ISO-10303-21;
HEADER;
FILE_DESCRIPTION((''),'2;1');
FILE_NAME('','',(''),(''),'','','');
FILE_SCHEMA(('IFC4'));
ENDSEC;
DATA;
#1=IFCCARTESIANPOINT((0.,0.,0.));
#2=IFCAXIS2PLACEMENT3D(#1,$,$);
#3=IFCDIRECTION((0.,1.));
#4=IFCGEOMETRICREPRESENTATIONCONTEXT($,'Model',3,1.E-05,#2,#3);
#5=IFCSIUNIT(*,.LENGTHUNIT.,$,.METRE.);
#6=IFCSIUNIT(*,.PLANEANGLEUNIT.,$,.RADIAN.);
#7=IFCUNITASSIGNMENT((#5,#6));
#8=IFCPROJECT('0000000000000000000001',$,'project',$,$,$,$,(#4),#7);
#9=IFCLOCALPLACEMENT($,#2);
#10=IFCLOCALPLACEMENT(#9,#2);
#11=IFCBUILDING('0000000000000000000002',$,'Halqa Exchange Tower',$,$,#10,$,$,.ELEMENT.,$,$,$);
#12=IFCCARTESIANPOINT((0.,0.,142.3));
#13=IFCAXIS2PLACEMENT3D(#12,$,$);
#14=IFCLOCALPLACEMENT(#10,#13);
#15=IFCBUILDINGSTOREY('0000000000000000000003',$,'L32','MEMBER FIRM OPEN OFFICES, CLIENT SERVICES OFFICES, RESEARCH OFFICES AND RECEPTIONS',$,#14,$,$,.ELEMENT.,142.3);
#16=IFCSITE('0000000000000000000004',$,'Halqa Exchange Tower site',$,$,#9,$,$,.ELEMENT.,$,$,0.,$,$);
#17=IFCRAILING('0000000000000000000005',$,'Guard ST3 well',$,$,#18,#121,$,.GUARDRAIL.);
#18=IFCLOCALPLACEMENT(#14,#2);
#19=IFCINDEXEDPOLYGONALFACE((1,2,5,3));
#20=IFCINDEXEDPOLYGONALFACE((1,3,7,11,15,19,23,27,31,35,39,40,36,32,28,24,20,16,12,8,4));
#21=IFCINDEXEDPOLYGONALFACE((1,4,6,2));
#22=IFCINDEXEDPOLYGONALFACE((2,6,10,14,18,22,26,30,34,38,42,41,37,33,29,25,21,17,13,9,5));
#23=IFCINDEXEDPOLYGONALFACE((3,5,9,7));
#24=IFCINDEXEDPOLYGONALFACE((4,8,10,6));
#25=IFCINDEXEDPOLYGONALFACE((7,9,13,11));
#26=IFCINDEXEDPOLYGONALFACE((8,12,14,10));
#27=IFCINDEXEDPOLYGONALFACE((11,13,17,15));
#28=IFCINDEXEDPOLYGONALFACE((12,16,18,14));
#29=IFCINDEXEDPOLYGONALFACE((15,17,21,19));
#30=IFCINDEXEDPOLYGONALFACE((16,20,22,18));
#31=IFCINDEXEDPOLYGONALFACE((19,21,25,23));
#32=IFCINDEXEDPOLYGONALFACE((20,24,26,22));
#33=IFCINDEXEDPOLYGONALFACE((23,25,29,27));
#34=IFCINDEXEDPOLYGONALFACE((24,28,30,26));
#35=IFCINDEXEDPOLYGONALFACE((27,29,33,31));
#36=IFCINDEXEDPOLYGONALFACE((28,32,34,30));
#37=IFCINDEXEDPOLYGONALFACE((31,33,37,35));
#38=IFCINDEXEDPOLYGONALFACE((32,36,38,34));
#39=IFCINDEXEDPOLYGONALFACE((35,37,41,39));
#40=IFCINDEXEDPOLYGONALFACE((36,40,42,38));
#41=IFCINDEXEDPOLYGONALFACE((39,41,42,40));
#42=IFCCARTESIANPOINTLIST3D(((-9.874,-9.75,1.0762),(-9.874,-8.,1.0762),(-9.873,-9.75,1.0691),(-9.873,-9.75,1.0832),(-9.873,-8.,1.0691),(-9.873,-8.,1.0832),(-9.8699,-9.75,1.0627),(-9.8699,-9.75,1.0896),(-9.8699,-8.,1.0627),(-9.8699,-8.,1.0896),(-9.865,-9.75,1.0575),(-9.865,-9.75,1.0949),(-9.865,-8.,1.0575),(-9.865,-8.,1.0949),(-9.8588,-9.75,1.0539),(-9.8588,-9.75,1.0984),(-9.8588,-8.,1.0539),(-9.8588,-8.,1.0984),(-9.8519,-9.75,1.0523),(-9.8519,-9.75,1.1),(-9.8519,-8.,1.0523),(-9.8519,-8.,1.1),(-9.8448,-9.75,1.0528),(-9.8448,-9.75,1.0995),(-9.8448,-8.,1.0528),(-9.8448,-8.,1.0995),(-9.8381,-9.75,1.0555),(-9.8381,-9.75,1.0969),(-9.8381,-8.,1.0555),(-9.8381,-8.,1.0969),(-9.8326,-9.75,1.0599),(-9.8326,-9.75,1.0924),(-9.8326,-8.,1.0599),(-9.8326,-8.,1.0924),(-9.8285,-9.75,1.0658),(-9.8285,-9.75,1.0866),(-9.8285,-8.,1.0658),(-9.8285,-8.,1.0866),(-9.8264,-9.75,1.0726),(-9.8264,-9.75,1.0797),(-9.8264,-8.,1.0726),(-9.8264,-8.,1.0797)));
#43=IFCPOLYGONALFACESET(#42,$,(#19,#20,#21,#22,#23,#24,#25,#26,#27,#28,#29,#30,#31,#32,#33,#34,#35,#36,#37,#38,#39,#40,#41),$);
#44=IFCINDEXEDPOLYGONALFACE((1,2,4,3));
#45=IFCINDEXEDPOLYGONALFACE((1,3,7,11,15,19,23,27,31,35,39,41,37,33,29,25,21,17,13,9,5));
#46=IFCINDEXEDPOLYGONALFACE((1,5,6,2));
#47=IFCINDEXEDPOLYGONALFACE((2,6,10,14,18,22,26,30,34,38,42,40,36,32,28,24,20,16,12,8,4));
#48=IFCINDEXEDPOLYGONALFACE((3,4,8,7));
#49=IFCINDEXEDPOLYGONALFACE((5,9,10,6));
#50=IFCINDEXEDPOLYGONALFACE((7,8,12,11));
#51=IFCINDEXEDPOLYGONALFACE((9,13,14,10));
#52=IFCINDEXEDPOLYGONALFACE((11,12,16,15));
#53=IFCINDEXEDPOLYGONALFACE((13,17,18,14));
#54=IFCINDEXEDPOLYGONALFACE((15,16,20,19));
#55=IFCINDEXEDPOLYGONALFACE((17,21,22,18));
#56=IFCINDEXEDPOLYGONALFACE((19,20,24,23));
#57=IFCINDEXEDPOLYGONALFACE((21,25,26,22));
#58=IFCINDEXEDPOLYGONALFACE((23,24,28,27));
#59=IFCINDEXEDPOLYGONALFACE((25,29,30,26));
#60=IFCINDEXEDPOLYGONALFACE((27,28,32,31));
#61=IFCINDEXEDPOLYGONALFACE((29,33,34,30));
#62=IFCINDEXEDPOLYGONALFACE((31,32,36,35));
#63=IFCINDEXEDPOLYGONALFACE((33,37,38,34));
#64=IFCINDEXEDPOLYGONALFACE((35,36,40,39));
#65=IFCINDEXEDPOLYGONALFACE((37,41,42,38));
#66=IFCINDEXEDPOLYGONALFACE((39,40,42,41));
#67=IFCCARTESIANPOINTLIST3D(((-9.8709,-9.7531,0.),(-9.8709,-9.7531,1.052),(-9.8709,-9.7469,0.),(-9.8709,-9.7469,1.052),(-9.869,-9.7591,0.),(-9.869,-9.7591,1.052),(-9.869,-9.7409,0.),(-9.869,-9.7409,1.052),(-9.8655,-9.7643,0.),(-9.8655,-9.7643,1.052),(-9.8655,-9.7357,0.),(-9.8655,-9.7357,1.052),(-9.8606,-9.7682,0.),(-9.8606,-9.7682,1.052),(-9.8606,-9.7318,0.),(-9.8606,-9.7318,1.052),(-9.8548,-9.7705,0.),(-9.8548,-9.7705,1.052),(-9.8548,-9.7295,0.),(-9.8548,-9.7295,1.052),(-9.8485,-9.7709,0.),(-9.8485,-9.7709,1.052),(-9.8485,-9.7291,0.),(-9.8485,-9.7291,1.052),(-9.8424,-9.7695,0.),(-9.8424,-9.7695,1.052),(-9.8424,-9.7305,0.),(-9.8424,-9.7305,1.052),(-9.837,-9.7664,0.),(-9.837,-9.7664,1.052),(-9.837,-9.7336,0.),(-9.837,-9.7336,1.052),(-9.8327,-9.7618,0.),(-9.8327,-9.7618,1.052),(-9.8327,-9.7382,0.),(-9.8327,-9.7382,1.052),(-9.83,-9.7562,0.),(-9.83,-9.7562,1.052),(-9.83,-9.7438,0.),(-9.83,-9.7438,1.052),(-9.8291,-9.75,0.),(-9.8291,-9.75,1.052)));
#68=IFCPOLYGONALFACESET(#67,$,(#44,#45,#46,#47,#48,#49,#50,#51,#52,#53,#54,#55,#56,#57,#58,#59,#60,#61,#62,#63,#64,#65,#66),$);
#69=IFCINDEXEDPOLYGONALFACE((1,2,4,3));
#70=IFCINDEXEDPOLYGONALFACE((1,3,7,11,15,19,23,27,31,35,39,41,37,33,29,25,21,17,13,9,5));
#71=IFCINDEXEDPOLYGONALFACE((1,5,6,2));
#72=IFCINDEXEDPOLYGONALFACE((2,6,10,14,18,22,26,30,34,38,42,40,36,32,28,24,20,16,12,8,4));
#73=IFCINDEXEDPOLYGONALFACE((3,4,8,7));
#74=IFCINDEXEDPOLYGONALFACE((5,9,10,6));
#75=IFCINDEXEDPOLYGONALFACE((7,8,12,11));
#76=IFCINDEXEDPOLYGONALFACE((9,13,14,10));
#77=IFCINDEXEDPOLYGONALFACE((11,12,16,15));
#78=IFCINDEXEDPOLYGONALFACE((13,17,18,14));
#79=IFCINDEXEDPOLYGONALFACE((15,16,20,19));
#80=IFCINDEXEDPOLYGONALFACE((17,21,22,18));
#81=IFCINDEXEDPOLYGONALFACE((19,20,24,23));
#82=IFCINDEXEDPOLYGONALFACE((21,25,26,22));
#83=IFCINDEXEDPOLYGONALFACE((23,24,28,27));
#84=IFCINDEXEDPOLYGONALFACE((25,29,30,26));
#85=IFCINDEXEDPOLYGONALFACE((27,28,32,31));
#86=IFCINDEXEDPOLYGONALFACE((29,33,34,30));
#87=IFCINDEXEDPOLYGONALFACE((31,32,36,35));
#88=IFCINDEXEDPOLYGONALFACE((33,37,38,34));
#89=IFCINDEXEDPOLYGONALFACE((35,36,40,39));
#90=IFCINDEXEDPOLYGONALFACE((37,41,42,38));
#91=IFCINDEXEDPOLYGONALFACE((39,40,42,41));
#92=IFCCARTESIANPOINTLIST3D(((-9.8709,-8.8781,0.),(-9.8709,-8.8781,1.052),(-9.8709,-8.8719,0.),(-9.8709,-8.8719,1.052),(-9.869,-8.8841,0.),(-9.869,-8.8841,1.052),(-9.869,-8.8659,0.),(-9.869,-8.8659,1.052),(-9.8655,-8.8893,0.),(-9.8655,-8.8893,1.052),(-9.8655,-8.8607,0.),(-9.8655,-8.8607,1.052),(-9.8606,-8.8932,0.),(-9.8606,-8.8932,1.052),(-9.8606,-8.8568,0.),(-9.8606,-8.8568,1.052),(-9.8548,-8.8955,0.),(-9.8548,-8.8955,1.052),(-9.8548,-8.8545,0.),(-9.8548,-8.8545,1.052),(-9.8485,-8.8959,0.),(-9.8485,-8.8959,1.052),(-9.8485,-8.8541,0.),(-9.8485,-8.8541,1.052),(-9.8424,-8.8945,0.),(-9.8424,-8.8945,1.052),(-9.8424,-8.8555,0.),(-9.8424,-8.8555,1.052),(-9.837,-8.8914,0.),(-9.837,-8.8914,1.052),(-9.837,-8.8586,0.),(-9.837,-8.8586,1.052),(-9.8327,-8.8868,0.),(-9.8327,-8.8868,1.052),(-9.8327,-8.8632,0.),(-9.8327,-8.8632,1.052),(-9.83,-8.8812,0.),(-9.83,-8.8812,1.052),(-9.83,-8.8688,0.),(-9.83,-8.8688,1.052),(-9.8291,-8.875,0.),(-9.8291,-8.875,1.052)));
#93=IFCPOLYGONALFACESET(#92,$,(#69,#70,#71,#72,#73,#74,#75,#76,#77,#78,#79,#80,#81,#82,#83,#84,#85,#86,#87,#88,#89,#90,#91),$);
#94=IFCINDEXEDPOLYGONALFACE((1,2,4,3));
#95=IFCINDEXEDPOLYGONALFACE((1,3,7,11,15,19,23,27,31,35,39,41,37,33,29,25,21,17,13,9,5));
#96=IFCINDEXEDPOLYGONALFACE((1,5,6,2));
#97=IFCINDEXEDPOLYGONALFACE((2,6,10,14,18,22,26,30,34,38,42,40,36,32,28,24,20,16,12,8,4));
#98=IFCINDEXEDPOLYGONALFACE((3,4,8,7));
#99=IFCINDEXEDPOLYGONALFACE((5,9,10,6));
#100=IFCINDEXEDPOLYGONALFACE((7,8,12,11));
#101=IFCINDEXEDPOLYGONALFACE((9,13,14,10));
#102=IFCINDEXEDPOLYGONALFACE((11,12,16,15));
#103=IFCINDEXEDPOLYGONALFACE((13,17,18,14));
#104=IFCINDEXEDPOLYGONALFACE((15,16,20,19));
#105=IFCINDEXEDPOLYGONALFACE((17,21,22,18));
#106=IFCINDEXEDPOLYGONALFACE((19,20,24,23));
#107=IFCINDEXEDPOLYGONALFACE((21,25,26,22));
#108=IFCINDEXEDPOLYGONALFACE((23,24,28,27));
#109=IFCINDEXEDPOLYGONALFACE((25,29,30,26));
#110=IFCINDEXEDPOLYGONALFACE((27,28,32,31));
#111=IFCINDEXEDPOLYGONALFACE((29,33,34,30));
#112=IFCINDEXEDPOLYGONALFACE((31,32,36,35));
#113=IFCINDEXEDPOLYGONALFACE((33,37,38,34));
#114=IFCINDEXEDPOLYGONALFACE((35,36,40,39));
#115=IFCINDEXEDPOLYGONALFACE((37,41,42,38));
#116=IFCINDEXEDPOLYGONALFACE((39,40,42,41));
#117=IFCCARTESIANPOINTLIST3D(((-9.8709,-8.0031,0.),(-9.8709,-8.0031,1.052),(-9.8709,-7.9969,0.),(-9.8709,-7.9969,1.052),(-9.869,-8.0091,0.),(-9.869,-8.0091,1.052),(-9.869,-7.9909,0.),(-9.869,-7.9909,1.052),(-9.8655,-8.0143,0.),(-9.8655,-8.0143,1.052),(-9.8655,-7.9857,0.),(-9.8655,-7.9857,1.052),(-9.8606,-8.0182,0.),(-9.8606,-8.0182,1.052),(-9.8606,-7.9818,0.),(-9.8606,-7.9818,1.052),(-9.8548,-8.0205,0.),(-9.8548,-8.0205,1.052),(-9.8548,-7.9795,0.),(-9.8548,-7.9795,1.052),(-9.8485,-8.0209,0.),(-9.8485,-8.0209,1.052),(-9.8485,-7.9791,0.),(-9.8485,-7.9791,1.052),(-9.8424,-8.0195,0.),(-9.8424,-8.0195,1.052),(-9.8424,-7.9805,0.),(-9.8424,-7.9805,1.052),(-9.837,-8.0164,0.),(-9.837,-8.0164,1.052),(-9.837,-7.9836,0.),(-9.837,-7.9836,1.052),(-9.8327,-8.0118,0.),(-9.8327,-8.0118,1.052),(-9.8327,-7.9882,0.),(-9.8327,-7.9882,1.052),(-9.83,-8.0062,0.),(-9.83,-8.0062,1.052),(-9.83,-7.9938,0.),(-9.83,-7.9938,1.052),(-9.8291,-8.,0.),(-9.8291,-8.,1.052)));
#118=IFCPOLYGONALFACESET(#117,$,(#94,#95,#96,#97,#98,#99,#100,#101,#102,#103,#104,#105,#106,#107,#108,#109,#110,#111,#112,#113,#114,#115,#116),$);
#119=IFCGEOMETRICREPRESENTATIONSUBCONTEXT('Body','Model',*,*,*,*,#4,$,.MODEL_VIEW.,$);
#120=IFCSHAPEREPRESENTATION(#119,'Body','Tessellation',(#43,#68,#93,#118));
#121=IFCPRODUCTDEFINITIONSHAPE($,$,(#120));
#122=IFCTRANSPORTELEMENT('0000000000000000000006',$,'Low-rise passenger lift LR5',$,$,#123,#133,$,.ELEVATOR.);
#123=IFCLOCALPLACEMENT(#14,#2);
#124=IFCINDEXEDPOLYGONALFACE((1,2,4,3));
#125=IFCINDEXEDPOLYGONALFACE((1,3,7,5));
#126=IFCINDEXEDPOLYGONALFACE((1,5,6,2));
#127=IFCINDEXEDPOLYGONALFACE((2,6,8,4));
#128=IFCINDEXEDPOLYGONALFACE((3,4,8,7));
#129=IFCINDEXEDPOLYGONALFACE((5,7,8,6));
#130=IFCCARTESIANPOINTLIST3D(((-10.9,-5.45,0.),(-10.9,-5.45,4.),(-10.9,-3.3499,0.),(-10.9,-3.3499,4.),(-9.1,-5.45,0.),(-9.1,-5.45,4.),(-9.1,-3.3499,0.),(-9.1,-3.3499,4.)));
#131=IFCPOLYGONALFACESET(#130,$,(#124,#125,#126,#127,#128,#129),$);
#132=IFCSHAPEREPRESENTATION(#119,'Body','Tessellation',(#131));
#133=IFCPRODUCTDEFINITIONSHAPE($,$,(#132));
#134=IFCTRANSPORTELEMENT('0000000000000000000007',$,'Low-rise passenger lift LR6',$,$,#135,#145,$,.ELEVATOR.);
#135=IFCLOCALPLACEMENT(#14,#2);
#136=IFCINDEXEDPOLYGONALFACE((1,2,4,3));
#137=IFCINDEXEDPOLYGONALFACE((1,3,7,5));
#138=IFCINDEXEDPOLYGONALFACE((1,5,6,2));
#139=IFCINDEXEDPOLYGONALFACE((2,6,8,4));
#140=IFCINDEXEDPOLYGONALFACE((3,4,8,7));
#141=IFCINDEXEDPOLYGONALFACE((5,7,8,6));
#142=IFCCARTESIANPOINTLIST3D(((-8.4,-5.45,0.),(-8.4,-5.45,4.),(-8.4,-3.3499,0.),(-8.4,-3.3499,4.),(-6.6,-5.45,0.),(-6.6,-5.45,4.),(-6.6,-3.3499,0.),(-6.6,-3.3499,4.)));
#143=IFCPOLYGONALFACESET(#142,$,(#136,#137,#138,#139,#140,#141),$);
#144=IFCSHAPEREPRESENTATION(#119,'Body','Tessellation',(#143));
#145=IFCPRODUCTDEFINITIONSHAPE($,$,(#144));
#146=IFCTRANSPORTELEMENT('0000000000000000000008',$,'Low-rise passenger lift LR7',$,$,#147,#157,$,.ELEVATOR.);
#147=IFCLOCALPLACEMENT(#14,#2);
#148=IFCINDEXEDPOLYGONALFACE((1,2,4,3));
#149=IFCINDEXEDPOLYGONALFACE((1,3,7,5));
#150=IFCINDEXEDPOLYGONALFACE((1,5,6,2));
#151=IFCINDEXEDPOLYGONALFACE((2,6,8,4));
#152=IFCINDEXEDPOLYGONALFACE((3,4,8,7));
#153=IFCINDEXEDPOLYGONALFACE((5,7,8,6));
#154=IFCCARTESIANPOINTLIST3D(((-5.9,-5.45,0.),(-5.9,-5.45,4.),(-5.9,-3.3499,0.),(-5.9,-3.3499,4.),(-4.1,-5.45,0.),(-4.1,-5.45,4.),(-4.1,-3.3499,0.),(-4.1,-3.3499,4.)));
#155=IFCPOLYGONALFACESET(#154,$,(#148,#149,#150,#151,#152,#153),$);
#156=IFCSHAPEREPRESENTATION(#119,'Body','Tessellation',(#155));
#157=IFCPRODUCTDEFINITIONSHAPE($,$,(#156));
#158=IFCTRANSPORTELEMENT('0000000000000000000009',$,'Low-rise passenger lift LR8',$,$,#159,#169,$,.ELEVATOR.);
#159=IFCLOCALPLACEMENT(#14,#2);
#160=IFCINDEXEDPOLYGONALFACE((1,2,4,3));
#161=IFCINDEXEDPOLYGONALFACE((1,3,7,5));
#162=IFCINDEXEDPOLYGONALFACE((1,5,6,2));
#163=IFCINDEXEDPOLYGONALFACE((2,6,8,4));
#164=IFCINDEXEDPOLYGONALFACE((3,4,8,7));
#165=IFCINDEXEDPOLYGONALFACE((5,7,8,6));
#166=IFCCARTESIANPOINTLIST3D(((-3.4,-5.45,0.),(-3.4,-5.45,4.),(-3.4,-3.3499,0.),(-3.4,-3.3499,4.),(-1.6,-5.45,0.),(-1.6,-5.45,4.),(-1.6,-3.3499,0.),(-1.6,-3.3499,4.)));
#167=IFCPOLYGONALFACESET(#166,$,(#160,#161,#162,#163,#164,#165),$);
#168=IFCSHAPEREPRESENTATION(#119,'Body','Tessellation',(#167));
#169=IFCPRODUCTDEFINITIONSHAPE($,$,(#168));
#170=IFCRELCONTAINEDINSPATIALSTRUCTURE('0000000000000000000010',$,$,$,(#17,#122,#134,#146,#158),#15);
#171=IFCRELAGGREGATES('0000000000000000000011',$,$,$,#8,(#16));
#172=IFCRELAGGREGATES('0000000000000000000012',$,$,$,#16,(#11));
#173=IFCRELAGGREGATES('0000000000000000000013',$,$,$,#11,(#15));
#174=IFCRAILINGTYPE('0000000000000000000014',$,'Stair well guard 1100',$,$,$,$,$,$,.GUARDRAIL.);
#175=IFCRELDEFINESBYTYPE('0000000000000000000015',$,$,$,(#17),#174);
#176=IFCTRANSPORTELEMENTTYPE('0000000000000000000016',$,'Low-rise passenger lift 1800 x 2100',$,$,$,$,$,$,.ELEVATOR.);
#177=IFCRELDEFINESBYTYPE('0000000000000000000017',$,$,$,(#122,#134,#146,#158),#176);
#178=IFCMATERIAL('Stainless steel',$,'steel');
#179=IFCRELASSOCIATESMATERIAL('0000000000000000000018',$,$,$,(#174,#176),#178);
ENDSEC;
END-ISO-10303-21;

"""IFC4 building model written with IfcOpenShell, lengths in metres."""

from ifc_helpers import new_model, si_unit, direction, frame, origin, origin_2d, place, context, subcontext, project, spatial, rectangle, circle, extrude, material, type_object, element, save


model = new_model("IFC4")

# Units and contexts
model_context = context("Model", 3, precision=1e-05, world=origin(), true_north=direction((0.0, 1.0)))
body_context = subcontext(model_context, "Body", "Model", "MODEL_VIEW")
ifc_project = project(units=[si_unit("LENGTHUNIT", "METRE"), si_unit("PLANEANGLEUNIT", "RADIAN")], contexts=[model_context])

# Site, building, storey
site_placement = place(None, origin())
site = spatial("IfcSite", under=ifc_project, at=site_placement, Name="Halqa Exchange Tower site", CompositionType="ELEMENT", RefElevation=0.0)
building_placement = place(site_placement, origin())
building = spatial("IfcBuilding", under=site, at=building_placement, Name="Halqa Exchange Tower", CompositionType="ELEMENT")
storey_placement = place(building_placement, frame((0.0, 0.0, 142.3)))
storey = spatial("IfcBuildingStorey", under=building, at=storey_placement, Name="L32", Description="MEMBER FIRM OPEN OFFICES, CLIENT SERVICES OFFICES, RESEARCH OFFICES AND RECEPTIONS", CompositionType="ELEMENT", Elevation=142.3)

# Shared definitions
ifc_material_1 = material(Name="Stainless steel", Category="steel")

# Railing
railing_type_1 = type_object("IfcRailingType", Name="Stair well guard 1100", PredefinedType="GUARDRAIL", material=ifc_material_1)
railing_1_placement = place(storey_placement, frame((-9.8501, -9.75, 0.0)))
element("IfcRailing", 1, at=railing_1_placement, inside=storey, type_object=railing_type_1, Name="Guard ST3 well", PredefinedType="GUARDRAIL", context=body_context, shape_type="SweptSolid", body=[
    extrude(circle(Radius=0.0239, at=origin_2d()), frame((0.0, 0.0, 1.0762), z_axis=(0.0, 1.0, 0.0), x_axis=(-1.0, 0.0, 0.0)), (0.0, 0.0, 1.0), 1.75),
    extrude(circle(Radius=0.021, at=origin_2d()), origin(), (0.0, 0.0, 1.0), 1.052),
    extrude(circle(Radius=0.021, at=origin_2d()), frame((0.0, 0.875, 0.0)), (0.0, 0.0, 1.0), 1.052),
    extrude(circle(Radius=0.021, at=origin_2d()), frame((0.0, 1.75, 0.0)), (0.0, 0.0, 1.0), 1.052),
])

# Transport elements
transport_element_type = type_object("IfcTransportElementType", Name="Low-rise passenger lift 1800 x 2100", PredefinedType="ELEVATOR", material=ifc_material_1)
for number, where, z_axis, x_axis, name in (
    (2, (-10.0, -4.3999, 0.0), (0.0, 0.0, 1.0), (1.0, 0.0, 0.0), "Low-rise passenger lift LR5"),
    (3, (-7.5, -4.3999, 0.0), (0.0, 0.0, 1.0), (1.0, 0.0, 0.0), "Low-rise passenger lift LR6"),
    (4, (-5.0, -4.3999, 0.0), (0.0, 0.0, 1.0), (1.0, 0.0, 0.0), "Low-rise passenger lift LR7"),
    (5, (-2.5, -4.3999, 0.0), (0.0, 0.0, 1.0), (1.0, 0.0, 0.0), "Low-rise passenger lift LR8"),
):
    element("IfcTransportElement", number, at=place(storey_placement, frame(where, z_axis=z_axis, x_axis=x_axis)), inside=storey, type_object=transport_element_type, Name=name, PredefinedType="ELEVATOR", context=body_context, shape_type="SweptSolid", body=[
        extrude(rectangle(XDim=1.8, YDim=2.1001, at=origin_2d()), origin(), (0.0, 0.0, 1.0), 4.0),
    ])

save(model, "model.ifc")
